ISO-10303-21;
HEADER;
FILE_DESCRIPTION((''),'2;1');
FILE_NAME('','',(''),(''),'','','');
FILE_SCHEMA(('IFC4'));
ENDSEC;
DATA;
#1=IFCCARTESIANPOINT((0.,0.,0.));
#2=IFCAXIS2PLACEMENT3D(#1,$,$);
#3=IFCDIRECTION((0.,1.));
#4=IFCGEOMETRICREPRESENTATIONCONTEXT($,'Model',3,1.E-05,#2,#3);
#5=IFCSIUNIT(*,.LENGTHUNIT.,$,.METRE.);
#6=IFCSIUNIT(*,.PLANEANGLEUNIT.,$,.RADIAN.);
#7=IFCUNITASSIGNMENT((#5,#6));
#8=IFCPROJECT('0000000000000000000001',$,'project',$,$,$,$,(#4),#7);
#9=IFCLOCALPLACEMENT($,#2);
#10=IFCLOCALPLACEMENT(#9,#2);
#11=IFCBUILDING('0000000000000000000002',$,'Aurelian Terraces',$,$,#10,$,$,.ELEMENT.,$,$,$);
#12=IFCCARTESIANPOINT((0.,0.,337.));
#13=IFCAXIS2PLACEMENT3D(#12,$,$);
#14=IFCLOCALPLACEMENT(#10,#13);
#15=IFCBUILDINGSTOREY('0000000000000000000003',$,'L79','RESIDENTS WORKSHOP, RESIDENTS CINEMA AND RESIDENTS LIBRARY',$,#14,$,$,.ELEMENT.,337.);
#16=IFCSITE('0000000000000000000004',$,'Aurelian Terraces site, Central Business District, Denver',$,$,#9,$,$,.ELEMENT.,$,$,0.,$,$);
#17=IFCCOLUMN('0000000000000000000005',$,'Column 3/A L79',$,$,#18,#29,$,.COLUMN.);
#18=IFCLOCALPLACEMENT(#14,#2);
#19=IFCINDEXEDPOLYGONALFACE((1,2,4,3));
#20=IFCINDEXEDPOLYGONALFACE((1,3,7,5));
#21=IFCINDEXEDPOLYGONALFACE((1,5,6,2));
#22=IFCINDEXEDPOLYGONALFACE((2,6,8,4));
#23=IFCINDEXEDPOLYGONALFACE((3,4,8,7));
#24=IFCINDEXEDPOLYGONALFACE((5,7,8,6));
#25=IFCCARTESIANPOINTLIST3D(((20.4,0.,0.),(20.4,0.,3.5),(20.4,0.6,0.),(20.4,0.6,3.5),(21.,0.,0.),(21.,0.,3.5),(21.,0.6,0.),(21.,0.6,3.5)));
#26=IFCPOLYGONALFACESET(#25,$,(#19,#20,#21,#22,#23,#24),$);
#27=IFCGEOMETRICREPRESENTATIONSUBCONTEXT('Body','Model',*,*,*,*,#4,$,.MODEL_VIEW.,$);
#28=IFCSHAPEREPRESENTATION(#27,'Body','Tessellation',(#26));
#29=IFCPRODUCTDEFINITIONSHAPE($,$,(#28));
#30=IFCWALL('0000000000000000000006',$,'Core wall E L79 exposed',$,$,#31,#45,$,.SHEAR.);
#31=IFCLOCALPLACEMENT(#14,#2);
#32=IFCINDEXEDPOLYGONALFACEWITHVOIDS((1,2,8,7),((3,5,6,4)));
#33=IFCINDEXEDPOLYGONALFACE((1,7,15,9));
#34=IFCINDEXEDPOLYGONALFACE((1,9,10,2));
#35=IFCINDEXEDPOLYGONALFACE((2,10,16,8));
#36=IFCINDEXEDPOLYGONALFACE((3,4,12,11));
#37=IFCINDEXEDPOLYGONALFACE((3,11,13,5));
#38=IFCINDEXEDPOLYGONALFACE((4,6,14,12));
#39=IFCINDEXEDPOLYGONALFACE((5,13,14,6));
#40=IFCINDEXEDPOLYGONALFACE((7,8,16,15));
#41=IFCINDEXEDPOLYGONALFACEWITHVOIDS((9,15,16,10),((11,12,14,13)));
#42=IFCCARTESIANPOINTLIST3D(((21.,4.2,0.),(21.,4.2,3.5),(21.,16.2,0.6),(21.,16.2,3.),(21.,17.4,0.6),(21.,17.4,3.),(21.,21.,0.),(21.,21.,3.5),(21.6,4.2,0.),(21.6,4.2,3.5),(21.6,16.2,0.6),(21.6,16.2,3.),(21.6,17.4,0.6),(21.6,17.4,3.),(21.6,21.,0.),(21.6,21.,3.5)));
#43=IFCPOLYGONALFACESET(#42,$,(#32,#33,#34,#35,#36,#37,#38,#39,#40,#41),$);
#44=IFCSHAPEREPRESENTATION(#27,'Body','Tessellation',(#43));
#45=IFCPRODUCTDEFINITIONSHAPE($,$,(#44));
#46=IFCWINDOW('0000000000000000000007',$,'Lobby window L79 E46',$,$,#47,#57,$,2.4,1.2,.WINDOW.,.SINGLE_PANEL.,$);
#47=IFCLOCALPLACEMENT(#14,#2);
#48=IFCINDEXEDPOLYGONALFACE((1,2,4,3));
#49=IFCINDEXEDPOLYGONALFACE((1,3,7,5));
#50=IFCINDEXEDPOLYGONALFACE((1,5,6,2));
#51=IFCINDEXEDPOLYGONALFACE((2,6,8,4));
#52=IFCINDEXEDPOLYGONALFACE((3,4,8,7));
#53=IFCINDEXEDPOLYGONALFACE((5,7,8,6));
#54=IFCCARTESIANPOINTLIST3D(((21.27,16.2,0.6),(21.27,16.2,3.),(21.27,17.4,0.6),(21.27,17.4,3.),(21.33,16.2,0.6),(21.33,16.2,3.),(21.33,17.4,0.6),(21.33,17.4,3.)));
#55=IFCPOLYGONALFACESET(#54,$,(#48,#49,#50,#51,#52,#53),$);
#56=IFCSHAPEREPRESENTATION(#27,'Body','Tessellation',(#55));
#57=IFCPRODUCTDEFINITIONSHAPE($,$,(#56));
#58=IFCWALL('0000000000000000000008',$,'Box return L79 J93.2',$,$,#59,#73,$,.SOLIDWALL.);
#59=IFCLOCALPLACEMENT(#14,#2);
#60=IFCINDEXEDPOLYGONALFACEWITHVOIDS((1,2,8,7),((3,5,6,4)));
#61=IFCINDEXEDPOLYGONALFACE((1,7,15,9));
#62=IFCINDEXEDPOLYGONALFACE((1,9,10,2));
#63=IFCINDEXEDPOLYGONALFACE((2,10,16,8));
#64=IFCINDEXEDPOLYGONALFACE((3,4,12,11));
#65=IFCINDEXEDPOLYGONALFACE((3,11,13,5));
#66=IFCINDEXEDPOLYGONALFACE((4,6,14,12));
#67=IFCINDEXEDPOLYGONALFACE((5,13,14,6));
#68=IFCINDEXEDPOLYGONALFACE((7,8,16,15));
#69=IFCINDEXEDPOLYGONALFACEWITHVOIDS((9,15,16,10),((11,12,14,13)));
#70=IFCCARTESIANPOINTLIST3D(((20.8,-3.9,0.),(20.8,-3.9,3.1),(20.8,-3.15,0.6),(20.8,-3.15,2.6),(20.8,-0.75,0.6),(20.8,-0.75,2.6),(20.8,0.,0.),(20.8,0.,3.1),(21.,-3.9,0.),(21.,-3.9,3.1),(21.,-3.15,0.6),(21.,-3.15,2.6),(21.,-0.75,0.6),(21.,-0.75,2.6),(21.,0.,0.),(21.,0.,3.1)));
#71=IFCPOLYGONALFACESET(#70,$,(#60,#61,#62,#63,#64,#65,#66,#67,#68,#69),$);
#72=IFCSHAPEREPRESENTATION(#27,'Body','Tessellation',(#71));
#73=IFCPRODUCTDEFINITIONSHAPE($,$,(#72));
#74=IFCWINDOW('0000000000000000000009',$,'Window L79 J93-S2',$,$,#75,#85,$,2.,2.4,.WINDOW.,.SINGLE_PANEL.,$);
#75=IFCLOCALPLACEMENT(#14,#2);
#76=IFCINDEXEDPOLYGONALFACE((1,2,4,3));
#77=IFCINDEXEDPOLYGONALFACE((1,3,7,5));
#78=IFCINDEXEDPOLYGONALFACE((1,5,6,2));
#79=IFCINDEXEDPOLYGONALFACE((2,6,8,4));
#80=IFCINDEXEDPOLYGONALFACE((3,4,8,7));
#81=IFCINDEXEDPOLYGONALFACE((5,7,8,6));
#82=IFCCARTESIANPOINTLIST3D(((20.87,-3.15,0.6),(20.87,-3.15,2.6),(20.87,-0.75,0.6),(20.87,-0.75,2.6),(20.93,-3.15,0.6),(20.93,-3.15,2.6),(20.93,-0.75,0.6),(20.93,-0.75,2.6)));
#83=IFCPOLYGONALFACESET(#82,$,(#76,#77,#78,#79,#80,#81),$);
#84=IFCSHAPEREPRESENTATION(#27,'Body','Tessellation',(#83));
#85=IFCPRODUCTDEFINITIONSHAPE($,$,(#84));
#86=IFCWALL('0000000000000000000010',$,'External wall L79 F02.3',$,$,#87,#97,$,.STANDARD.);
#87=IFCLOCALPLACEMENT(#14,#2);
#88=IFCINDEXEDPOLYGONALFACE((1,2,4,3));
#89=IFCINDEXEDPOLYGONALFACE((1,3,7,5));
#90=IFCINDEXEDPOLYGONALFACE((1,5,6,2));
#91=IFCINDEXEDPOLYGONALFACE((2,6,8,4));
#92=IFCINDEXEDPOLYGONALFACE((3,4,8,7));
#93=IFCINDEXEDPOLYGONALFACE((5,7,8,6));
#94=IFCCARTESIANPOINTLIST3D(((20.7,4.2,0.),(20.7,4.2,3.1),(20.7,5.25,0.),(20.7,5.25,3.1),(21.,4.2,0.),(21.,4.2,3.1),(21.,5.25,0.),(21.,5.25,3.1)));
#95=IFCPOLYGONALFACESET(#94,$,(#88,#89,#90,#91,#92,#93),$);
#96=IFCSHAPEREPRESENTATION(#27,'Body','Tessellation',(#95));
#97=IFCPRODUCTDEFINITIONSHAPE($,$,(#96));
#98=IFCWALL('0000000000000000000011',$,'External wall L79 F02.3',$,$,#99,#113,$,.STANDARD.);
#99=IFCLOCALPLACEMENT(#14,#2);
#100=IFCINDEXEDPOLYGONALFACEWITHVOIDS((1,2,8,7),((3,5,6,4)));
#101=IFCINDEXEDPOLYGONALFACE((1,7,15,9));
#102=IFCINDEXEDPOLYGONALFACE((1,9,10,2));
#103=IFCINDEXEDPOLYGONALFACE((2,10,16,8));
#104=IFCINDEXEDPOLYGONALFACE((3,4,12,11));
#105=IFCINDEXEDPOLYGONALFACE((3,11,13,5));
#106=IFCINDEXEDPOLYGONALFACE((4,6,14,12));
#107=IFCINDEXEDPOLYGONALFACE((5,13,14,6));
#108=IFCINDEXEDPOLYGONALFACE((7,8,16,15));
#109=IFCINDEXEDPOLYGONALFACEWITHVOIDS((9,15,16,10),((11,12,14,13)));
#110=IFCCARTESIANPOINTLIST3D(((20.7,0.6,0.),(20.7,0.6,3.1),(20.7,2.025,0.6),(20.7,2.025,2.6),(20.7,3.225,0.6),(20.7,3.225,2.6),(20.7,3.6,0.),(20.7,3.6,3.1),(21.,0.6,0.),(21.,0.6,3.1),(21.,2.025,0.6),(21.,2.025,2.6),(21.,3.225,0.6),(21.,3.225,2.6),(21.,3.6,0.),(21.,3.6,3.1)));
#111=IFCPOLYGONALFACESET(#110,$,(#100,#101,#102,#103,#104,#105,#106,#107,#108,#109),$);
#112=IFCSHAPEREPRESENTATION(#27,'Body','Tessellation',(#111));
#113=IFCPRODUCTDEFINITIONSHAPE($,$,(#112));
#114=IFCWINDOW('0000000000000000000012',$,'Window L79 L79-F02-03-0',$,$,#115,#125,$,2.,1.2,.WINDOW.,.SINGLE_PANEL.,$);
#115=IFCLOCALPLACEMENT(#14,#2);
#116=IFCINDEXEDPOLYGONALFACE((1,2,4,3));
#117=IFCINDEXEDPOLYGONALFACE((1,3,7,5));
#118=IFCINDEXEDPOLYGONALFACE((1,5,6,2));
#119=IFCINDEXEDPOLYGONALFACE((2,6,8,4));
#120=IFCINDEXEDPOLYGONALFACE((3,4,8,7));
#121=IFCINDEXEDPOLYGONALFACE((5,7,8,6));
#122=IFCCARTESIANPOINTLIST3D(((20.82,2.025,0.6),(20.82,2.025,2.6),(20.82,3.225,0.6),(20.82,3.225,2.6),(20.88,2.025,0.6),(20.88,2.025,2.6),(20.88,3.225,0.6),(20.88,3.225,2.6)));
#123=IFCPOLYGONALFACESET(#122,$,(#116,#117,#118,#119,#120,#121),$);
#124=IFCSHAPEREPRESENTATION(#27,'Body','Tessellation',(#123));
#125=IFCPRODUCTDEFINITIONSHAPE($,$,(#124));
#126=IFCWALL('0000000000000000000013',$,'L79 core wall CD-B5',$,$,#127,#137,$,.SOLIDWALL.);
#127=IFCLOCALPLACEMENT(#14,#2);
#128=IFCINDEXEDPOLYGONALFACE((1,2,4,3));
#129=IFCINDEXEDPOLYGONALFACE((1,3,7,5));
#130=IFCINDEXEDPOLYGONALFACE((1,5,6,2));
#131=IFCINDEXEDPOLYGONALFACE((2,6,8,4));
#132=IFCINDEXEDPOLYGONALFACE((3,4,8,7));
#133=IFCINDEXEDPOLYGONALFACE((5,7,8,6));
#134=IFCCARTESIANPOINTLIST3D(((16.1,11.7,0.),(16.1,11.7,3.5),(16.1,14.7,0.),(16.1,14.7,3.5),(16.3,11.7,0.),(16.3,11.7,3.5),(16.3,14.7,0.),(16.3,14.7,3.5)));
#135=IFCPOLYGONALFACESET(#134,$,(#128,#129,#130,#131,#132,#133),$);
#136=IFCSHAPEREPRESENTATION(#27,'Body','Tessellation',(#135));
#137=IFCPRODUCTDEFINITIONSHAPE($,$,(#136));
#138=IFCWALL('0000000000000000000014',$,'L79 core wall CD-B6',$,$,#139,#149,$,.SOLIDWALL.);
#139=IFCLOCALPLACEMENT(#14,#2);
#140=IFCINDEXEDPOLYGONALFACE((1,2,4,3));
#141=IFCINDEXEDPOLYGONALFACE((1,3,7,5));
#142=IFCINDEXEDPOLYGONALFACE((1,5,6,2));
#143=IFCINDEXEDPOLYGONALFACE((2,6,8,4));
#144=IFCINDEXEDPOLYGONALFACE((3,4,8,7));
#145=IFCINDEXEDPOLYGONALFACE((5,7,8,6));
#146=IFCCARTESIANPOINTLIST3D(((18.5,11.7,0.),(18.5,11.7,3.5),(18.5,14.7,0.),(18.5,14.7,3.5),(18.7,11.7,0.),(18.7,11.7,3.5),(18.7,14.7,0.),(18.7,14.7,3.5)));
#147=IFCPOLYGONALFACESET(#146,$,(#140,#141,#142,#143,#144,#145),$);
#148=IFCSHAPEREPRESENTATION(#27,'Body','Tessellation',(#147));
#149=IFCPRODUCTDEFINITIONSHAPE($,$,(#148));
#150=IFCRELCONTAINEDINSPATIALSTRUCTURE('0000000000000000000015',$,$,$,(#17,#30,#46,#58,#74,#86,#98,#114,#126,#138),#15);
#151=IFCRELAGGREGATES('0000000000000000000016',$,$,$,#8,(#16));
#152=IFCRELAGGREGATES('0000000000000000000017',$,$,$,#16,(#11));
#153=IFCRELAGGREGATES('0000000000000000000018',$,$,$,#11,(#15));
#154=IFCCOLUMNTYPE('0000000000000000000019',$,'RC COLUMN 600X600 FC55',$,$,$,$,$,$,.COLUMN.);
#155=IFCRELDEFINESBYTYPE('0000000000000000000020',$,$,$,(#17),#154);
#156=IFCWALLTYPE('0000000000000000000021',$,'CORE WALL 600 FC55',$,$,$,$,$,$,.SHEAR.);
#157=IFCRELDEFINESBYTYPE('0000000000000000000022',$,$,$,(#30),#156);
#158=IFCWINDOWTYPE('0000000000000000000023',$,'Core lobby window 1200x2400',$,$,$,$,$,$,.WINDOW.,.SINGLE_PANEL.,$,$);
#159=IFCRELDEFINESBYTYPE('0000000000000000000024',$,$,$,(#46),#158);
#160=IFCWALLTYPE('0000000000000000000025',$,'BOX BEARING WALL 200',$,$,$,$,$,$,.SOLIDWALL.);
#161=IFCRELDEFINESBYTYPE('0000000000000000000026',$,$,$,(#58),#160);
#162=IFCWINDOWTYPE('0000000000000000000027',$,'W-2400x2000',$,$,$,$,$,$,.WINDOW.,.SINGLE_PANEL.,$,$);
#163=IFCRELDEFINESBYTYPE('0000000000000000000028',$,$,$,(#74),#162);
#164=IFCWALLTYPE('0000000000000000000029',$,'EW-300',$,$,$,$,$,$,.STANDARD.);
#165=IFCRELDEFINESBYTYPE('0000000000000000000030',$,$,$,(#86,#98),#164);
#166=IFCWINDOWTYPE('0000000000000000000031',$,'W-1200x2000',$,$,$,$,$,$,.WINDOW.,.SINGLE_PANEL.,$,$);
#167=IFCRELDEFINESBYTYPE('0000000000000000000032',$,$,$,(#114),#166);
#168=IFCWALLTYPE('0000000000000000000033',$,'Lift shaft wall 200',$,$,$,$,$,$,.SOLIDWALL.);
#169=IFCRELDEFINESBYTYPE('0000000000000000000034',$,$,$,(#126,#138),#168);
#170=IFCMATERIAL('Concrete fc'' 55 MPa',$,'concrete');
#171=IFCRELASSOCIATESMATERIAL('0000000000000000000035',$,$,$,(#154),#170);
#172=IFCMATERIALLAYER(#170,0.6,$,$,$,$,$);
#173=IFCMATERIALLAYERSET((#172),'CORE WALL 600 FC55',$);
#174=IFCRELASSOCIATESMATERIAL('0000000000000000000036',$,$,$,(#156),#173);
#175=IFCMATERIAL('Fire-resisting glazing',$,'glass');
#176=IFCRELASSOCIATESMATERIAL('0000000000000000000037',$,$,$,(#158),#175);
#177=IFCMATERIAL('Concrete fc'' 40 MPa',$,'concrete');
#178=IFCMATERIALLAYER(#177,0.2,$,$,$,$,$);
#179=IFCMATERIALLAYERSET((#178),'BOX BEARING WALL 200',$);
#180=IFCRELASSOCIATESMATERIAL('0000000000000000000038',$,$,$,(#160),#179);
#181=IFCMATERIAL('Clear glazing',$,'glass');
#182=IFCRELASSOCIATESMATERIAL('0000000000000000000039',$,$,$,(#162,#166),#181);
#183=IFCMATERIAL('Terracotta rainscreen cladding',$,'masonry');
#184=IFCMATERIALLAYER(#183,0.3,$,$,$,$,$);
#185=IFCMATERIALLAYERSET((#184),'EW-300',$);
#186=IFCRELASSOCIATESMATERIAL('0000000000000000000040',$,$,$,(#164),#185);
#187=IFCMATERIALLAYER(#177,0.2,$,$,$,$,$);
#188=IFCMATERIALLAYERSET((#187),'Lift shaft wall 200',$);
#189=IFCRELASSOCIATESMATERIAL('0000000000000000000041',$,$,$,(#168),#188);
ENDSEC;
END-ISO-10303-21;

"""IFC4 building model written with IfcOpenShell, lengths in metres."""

from ifc_helpers import new_model, si_unit, direction, frame, frame_2d, origin, origin_2d, place, context, subcontext, project, spatial, rectangle, extrude, source, transform, mapped, material, layer, layer_set, material_profile, profile_set, type_object, element, fill, save


model = new_model("IFC4")

# Units and contexts
model_context = context("Model", 3, precision=1e-05, world=origin(), true_north=direction((0.0, 1.0)))
body_context = subcontext(model_context, "Body", "Model", "MODEL_VIEW")
ifc_project = project(units=[si_unit("LENGTHUNIT", "METRE"), si_unit("PLANEANGLEUNIT", "RADIAN")], contexts=[model_context])

# Site, building, storey
site_placement = place(None, origin())
site = spatial("IfcSite", under=ifc_project, at=site_placement, Name="Aurelian Terraces site, Central Business District, Denver", CompositionType="ELEMENT", RefElevation=0.0)
building_placement = place(site_placement, origin())
building = spatial("IfcBuilding", under=site, at=building_placement, Name="Aurelian Terraces", CompositionType="ELEMENT")
storey_placement = place(building_placement, frame((0.0, 0.0, 337.0)))
storey = spatial("IfcBuildingStorey", under=building, at=storey_placement, Name="L79", Description="RESIDENTS WORKSHOP, RESIDENTS CINEMA AND RESIDENTS LIBRARY", CompositionType="ELEMENT", Elevation=337.0)

# Column
ifc_material_1 = material(Name="Concrete fc' 55 MPa", Category="concrete")
ifc_material_profile = material_profile(ifc_material_1, rectangle(XDim=0.6, YDim=0.6, at=origin_2d()))
ifc_profile_set = profile_set([ifc_material_profile], Name="Concrete fc' 55 MPa")
column_type = type_object("IfcColumnType", Name="RC COLUMN 600X600 FC55", PredefinedType="COLUMN", material=ifc_profile_set)
shared_shape_1 = source(origin(), body_context, "Body", "SweptSolid", [
    extrude(rectangle(XDim=0.6, YDim=0.6, at=origin_2d()), origin(), (0.0, 0.0, 1.0), 3.5),
])
column_placement = place(storey_placement, frame((20.7, 0.3, 0.0), z_axis=(0.0, 0.0, 1.0), x_axis=(1.0, 0.0, 0.0)))
element("IfcColumn", 1, at=column_placement, inside=storey, type_object=column_type, Name="Column 3/A L79", PredefinedType="COLUMN", context=body_context, shape_type="MappedRepresentation", body=[
    mapped(shared_shape_1, transform((0.0, 0.0, 0.0), scale=1.0)),
])

# Walls, openings, windows
ifc_layer_1 = layer(ifc_material_1, 0.6)
ifc_layer_set_1 = layer_set([ifc_layer_1], Name="CORE WALL 600 FC55")
wall_type_1 = type_object("IfcWallType", Name="CORE WALL 600 FC55", PredefinedType="SHEAR", material=ifc_layer_set_1)
shared_shape_2 = source(origin(), body_context, "Body", "SweptSolid", [
    extrude(rectangle(XDim=16.8, YDim=0.6, at=frame_2d((8.4, 0.0))), origin(), (0.0, 0.0, 1.0), 3.5),
])
wall_1_placement = place(storey_placement, frame((21.3, 4.2, 0.0), z_axis=(0.0, 0.0, 1.0), x_axis=(0.0, 1.0, 0.0)))
wall_1 = element("IfcWall", 2, at=wall_1_placement, inside=storey, type_object=wall_type_1, Name="Core wall E L79 exposed", PredefinedType="SHEAR", context=body_context, shape_type="MappedRepresentation", body=[
    mapped(shared_shape_2, transform((0.0, 0.0, 0.0), scale=1.0)),
])
shared_shape_3 = source(origin(), body_context, "Body", "SweptSolid", [
    extrude(rectangle(XDim=1.2, YDim=2.4, at=frame_2d((0.6, 1.2))), frame((0.0, 0.31, 0.0), z_axis=(0.0, -1.0, 0.0), x_axis=(1.0, 0.0, 0.0)), (0.0, 0.0, 1.0), 0.62),
])
opening_1_placement = place(wall_1_placement, frame((12.0, 0.0, 0.6)))
opening_1 = element("IfcOpeningElement", 3, at=opening_1_placement, cuts=wall_1, PredefinedType="OPENING", context=body_context, shape_type="MappedRepresentation", body=[
    mapped(shared_shape_3, transform((0.0, 0.0, 0.0), scale=1.0)),
])
ifc_material_2 = material(Name="Fire-resisting glazing", Category="glass")
window_type_1 = type_object("IfcWindowType", Name="Core lobby window 1200x2400", PartitioningType="SINGLE_PANEL", PredefinedType="WINDOW", material=ifc_material_2)
shared_shape_4 = source(origin(), body_context, "Body", "SweptSolid", [
    extrude(rectangle(XDim=1.2, YDim=2.4, at=frame_2d((0.6, 1.2))), frame((0.0, 0.03, 0.0), z_axis=(0.0, -1.0, 0.0), x_axis=(1.0, 0.0, 0.0)), (0.0, 0.0, 1.0), 0.06),
])
window_1_placement = place(opening_1_placement, origin())
window_1 = element("IfcWindow", 4, at=window_1_placement, inside=storey, type_object=window_type_1, Name="Lobby window L79 E46", OverallHeight=2.4, OverallWidth=1.2, PartitioningType="SINGLE_PANEL", PredefinedType="WINDOW", context=body_context, shape_type="MappedRepresentation", body=[
    mapped(shared_shape_4, transform((0.0, 0.0, 0.0), scale=1.0)),
])
fill(opening_1, window_1)
ifc_material_3 = material(Name="Concrete fc' 40 MPa", Category="concrete")
ifc_layer_2 = layer(ifc_material_3, 0.2)
ifc_layer_set_2 = layer_set([ifc_layer_2], Name="BOX BEARING WALL 200")
wall_type_2 = type_object("IfcWallType", Name="BOX BEARING WALL 200", PredefinedType="SOLIDWALL", material=ifc_layer_set_2)
shared_shape_5 = source(origin(), body_context, "Body", "SweptSolid", [
    extrude(rectangle(XDim=3.9, YDim=0.2, at=frame_2d((1.95, 0.0))), origin(), (0.0, 0.0, 1.0), 3.1),
])
wall_2_placement = place(storey_placement, frame((20.9, 0.0, 0.0), z_axis=(0.0, 0.0, 1.0), x_axis=(0.0, -1.0, 0.0)))
wall_2 = element("IfcWall", 5, at=wall_2_placement, inside=storey, type_object=wall_type_2, Name="Box return L79 J93.2", PredefinedType="SOLIDWALL", context=body_context, shape_type="MappedRepresentation", body=[
    mapped(shared_shape_5, transform((0.0, 0.0, 0.0), scale=1.0)),
])
shared_shape_6 = source(origin(), body_context, "Body", "SweptSolid", [
    extrude(rectangle(XDim=2.4, YDim=2.0, at=frame_2d((1.2, 1.0))), frame((0.0, 0.11, 0.0), z_axis=(0.0, -1.0, 0.0), x_axis=(1.0, 0.0, 0.0)), (0.0, 0.0, 1.0), 0.22),
])
opening_2_placement = place(wall_2_placement, frame((0.75, 0.0, 0.6)))
opening_2 = element("IfcOpeningElement", 6, at=opening_2_placement, cuts=wall_2, PredefinedType="OPENING", context=body_context, shape_type="MappedRepresentation", body=[
    mapped(shared_shape_6, transform((0.0, 0.0, 0.0), scale=1.0)),
])
ifc_material_4 = material(Name="Clear glazing", Category="glass")
window_type_2 = type_object("IfcWindowType", Name="W-2400x2000", PartitioningType="SINGLE_PANEL", PredefinedType="WINDOW", material=ifc_material_4)
shared_shape_7 = source(origin(), body_context, "Body", "SweptSolid", [
    extrude(rectangle(XDim=2.4, YDim=2.0, at=frame_2d((1.2, 1.0))), frame((0.0, 0.03, 0.0), z_axis=(0.0, -1.0, 0.0), x_axis=(1.0, 0.0, 0.0)), (0.0, 0.0, 1.0), 0.06),
])
window_2_placement = place(opening_2_placement, origin())
window_2 = element("IfcWindow", 7, at=window_2_placement, inside=storey, type_object=window_type_2, Name="Window L79 J93-S2", OverallHeight=2.0, OverallWidth=2.4, PartitioningType="SINGLE_PANEL", PredefinedType="WINDOW", context=body_context, shape_type="MappedRepresentation", body=[
    mapped(shared_shape_7, transform((0.0, 0.0, 0.0), scale=1.0)),
])
fill(opening_2, window_2)

# Wall
ifc_material_5 = material(Name="Terracotta rainscreen cladding", Category="masonry")
ifc_layer_3 = layer(ifc_material_5, 0.3)
ifc_layer_set_3 = layer_set([ifc_layer_3], Name="EW-300")
wall_type_3 = type_object("IfcWallType", Name="EW-300", PredefinedType="STANDARD", material=ifc_layer_set_3)
shared_shape_8 = source(origin(), body_context, "Body", "SweptSolid", [
    extrude(rectangle(XDim=1.05, YDim=0.3, at=frame_2d((0.525, 0.0))), origin(), (0.0, 0.0, 1.0), 3.1),
])
wall_3_placement = place(storey_placement, frame((20.85, 4.2, 0.0), z_axis=(0.0, 0.0, 1.0), x_axis=(0.0, 1.0, 0.0)))
element("IfcWall", 8, at=wall_3_placement, inside=storey, type_object=wall_type_3, Name="External wall L79 F02.3", PredefinedType="STANDARD", context=body_context, shape_type="MappedRepresentation", body=[
    mapped(shared_shape_8, transform((0.0, 0.0, 0.0), scale=1.0)),
])

# Wall, opening, window
shared_shape_9 = source(origin(), body_context, "Body", "SweptSolid", [
    extrude(rectangle(XDim=3.0, YDim=0.3, at=frame_2d((1.5, 0.0))), origin(), (0.0, 0.0, 1.0), 3.1),
])
wall_4_placement = place(storey_placement, frame((20.85, 0.6, 0.0), z_axis=(0.0, 0.0, 1.0), x_axis=(0.0, 1.0, 0.0)))
wall_4 = element("IfcWall", 9, at=wall_4_placement, inside=storey, type_object=wall_type_3, Name="External wall L79 F02.3", PredefinedType="STANDARD", context=body_context, shape_type="MappedRepresentation", body=[
    mapped(shared_shape_9, transform((0.0, 0.0, 0.0), scale=1.0)),
])
shared_shape_10 = source(origin(), body_context, "Body", "SweptSolid", [
    extrude(rectangle(XDim=1.2, YDim=2.0, at=frame_2d((0.6, 1.0))), frame((0.0, 0.16, 0.0), z_axis=(0.0, -1.0, 0.0), x_axis=(1.0, 0.0, 0.0)), (0.0, 0.0, 1.0), 0.32),
])
opening_3_placement = place(wall_4_placement, frame((1.425, 0.0, 0.6)))
opening_3 = element("IfcOpeningElement", 10, at=opening_3_placement, cuts=wall_4, PredefinedType="OPENING", context=body_context, shape_type="MappedRepresentation", body=[
    mapped(shared_shape_10, transform((0.0, 0.0, 0.0), scale=1.0)),
])
window_type_3 = type_object("IfcWindowType", Name="W-1200x2000", PartitioningType="SINGLE_PANEL", PredefinedType="WINDOW", material=ifc_material_4)
shared_shape_11 = source(origin(), body_context, "Body", "SweptSolid", [
    extrude(rectangle(XDim=1.2, YDim=2.0, at=frame_2d((0.6, 1.0))), frame((0.0, 0.03, 0.0), z_axis=(0.0, -1.0, 0.0), x_axis=(1.0, 0.0, 0.0)), (0.0, 0.0, 1.0), 0.06),
])
window_3_placement = place(opening_3_placement, origin())
window_3 = element("IfcWindow", 11, at=window_3_placement, inside=storey, type_object=window_type_3, Name="Window L79 L79-F02-03-0", OverallHeight=2.0, OverallWidth=1.2, PartitioningType="SINGLE_PANEL", PredefinedType="WINDOW", context=body_context, shape_type="MappedRepresentation", body=[
    mapped(shared_shape_11, transform((0.0, 0.0, 0.0), scale=1.0)),
])
fill(opening_3, window_3)

# Walls
ifc_layer_4 = layer(ifc_material_3, 0.2)
ifc_layer_set_4 = layer_set([ifc_layer_4], Name="Lift shaft wall 200")
wall_type_4 = type_object("IfcWallType", Name="Lift shaft wall 200", PredefinedType="SOLIDWALL", material=ifc_layer_set_4)
shared_shape_12 = source(origin(), body_context, "Body", "SweptSolid", [
    extrude(rectangle(XDim=3.0, YDim=0.2, at=frame_2d((1.5, 0.0))), origin(), (0.0, 0.0, 1.0), 3.5),
])
for number, where, z_axis, x_axis, name in (
    (12, (16.2, 11.7, 0.0), (0.0, 0.0, 1.0), (0.0, 1.0, 0.0), "L79 core wall CD-B5"),
    (13, (18.6, 11.7, 0.0), (0.0, 0.0, 1.0), (0.0, 1.0, 0.0), "L79 core wall CD-B6"),
):
    element("IfcWall", number, at=place(storey_placement, frame(where, z_axis=z_axis, x_axis=x_axis)), inside=storey, type_object=wall_type_4, Name=name, PredefinedType="SOLIDWALL", context=body_context, shape_type="MappedRepresentation", body=[
        mapped(shared_shape_12, transform((0.0, 0.0, 0.0), scale=1.0)),
    ])

save(model, "model.ifc")
